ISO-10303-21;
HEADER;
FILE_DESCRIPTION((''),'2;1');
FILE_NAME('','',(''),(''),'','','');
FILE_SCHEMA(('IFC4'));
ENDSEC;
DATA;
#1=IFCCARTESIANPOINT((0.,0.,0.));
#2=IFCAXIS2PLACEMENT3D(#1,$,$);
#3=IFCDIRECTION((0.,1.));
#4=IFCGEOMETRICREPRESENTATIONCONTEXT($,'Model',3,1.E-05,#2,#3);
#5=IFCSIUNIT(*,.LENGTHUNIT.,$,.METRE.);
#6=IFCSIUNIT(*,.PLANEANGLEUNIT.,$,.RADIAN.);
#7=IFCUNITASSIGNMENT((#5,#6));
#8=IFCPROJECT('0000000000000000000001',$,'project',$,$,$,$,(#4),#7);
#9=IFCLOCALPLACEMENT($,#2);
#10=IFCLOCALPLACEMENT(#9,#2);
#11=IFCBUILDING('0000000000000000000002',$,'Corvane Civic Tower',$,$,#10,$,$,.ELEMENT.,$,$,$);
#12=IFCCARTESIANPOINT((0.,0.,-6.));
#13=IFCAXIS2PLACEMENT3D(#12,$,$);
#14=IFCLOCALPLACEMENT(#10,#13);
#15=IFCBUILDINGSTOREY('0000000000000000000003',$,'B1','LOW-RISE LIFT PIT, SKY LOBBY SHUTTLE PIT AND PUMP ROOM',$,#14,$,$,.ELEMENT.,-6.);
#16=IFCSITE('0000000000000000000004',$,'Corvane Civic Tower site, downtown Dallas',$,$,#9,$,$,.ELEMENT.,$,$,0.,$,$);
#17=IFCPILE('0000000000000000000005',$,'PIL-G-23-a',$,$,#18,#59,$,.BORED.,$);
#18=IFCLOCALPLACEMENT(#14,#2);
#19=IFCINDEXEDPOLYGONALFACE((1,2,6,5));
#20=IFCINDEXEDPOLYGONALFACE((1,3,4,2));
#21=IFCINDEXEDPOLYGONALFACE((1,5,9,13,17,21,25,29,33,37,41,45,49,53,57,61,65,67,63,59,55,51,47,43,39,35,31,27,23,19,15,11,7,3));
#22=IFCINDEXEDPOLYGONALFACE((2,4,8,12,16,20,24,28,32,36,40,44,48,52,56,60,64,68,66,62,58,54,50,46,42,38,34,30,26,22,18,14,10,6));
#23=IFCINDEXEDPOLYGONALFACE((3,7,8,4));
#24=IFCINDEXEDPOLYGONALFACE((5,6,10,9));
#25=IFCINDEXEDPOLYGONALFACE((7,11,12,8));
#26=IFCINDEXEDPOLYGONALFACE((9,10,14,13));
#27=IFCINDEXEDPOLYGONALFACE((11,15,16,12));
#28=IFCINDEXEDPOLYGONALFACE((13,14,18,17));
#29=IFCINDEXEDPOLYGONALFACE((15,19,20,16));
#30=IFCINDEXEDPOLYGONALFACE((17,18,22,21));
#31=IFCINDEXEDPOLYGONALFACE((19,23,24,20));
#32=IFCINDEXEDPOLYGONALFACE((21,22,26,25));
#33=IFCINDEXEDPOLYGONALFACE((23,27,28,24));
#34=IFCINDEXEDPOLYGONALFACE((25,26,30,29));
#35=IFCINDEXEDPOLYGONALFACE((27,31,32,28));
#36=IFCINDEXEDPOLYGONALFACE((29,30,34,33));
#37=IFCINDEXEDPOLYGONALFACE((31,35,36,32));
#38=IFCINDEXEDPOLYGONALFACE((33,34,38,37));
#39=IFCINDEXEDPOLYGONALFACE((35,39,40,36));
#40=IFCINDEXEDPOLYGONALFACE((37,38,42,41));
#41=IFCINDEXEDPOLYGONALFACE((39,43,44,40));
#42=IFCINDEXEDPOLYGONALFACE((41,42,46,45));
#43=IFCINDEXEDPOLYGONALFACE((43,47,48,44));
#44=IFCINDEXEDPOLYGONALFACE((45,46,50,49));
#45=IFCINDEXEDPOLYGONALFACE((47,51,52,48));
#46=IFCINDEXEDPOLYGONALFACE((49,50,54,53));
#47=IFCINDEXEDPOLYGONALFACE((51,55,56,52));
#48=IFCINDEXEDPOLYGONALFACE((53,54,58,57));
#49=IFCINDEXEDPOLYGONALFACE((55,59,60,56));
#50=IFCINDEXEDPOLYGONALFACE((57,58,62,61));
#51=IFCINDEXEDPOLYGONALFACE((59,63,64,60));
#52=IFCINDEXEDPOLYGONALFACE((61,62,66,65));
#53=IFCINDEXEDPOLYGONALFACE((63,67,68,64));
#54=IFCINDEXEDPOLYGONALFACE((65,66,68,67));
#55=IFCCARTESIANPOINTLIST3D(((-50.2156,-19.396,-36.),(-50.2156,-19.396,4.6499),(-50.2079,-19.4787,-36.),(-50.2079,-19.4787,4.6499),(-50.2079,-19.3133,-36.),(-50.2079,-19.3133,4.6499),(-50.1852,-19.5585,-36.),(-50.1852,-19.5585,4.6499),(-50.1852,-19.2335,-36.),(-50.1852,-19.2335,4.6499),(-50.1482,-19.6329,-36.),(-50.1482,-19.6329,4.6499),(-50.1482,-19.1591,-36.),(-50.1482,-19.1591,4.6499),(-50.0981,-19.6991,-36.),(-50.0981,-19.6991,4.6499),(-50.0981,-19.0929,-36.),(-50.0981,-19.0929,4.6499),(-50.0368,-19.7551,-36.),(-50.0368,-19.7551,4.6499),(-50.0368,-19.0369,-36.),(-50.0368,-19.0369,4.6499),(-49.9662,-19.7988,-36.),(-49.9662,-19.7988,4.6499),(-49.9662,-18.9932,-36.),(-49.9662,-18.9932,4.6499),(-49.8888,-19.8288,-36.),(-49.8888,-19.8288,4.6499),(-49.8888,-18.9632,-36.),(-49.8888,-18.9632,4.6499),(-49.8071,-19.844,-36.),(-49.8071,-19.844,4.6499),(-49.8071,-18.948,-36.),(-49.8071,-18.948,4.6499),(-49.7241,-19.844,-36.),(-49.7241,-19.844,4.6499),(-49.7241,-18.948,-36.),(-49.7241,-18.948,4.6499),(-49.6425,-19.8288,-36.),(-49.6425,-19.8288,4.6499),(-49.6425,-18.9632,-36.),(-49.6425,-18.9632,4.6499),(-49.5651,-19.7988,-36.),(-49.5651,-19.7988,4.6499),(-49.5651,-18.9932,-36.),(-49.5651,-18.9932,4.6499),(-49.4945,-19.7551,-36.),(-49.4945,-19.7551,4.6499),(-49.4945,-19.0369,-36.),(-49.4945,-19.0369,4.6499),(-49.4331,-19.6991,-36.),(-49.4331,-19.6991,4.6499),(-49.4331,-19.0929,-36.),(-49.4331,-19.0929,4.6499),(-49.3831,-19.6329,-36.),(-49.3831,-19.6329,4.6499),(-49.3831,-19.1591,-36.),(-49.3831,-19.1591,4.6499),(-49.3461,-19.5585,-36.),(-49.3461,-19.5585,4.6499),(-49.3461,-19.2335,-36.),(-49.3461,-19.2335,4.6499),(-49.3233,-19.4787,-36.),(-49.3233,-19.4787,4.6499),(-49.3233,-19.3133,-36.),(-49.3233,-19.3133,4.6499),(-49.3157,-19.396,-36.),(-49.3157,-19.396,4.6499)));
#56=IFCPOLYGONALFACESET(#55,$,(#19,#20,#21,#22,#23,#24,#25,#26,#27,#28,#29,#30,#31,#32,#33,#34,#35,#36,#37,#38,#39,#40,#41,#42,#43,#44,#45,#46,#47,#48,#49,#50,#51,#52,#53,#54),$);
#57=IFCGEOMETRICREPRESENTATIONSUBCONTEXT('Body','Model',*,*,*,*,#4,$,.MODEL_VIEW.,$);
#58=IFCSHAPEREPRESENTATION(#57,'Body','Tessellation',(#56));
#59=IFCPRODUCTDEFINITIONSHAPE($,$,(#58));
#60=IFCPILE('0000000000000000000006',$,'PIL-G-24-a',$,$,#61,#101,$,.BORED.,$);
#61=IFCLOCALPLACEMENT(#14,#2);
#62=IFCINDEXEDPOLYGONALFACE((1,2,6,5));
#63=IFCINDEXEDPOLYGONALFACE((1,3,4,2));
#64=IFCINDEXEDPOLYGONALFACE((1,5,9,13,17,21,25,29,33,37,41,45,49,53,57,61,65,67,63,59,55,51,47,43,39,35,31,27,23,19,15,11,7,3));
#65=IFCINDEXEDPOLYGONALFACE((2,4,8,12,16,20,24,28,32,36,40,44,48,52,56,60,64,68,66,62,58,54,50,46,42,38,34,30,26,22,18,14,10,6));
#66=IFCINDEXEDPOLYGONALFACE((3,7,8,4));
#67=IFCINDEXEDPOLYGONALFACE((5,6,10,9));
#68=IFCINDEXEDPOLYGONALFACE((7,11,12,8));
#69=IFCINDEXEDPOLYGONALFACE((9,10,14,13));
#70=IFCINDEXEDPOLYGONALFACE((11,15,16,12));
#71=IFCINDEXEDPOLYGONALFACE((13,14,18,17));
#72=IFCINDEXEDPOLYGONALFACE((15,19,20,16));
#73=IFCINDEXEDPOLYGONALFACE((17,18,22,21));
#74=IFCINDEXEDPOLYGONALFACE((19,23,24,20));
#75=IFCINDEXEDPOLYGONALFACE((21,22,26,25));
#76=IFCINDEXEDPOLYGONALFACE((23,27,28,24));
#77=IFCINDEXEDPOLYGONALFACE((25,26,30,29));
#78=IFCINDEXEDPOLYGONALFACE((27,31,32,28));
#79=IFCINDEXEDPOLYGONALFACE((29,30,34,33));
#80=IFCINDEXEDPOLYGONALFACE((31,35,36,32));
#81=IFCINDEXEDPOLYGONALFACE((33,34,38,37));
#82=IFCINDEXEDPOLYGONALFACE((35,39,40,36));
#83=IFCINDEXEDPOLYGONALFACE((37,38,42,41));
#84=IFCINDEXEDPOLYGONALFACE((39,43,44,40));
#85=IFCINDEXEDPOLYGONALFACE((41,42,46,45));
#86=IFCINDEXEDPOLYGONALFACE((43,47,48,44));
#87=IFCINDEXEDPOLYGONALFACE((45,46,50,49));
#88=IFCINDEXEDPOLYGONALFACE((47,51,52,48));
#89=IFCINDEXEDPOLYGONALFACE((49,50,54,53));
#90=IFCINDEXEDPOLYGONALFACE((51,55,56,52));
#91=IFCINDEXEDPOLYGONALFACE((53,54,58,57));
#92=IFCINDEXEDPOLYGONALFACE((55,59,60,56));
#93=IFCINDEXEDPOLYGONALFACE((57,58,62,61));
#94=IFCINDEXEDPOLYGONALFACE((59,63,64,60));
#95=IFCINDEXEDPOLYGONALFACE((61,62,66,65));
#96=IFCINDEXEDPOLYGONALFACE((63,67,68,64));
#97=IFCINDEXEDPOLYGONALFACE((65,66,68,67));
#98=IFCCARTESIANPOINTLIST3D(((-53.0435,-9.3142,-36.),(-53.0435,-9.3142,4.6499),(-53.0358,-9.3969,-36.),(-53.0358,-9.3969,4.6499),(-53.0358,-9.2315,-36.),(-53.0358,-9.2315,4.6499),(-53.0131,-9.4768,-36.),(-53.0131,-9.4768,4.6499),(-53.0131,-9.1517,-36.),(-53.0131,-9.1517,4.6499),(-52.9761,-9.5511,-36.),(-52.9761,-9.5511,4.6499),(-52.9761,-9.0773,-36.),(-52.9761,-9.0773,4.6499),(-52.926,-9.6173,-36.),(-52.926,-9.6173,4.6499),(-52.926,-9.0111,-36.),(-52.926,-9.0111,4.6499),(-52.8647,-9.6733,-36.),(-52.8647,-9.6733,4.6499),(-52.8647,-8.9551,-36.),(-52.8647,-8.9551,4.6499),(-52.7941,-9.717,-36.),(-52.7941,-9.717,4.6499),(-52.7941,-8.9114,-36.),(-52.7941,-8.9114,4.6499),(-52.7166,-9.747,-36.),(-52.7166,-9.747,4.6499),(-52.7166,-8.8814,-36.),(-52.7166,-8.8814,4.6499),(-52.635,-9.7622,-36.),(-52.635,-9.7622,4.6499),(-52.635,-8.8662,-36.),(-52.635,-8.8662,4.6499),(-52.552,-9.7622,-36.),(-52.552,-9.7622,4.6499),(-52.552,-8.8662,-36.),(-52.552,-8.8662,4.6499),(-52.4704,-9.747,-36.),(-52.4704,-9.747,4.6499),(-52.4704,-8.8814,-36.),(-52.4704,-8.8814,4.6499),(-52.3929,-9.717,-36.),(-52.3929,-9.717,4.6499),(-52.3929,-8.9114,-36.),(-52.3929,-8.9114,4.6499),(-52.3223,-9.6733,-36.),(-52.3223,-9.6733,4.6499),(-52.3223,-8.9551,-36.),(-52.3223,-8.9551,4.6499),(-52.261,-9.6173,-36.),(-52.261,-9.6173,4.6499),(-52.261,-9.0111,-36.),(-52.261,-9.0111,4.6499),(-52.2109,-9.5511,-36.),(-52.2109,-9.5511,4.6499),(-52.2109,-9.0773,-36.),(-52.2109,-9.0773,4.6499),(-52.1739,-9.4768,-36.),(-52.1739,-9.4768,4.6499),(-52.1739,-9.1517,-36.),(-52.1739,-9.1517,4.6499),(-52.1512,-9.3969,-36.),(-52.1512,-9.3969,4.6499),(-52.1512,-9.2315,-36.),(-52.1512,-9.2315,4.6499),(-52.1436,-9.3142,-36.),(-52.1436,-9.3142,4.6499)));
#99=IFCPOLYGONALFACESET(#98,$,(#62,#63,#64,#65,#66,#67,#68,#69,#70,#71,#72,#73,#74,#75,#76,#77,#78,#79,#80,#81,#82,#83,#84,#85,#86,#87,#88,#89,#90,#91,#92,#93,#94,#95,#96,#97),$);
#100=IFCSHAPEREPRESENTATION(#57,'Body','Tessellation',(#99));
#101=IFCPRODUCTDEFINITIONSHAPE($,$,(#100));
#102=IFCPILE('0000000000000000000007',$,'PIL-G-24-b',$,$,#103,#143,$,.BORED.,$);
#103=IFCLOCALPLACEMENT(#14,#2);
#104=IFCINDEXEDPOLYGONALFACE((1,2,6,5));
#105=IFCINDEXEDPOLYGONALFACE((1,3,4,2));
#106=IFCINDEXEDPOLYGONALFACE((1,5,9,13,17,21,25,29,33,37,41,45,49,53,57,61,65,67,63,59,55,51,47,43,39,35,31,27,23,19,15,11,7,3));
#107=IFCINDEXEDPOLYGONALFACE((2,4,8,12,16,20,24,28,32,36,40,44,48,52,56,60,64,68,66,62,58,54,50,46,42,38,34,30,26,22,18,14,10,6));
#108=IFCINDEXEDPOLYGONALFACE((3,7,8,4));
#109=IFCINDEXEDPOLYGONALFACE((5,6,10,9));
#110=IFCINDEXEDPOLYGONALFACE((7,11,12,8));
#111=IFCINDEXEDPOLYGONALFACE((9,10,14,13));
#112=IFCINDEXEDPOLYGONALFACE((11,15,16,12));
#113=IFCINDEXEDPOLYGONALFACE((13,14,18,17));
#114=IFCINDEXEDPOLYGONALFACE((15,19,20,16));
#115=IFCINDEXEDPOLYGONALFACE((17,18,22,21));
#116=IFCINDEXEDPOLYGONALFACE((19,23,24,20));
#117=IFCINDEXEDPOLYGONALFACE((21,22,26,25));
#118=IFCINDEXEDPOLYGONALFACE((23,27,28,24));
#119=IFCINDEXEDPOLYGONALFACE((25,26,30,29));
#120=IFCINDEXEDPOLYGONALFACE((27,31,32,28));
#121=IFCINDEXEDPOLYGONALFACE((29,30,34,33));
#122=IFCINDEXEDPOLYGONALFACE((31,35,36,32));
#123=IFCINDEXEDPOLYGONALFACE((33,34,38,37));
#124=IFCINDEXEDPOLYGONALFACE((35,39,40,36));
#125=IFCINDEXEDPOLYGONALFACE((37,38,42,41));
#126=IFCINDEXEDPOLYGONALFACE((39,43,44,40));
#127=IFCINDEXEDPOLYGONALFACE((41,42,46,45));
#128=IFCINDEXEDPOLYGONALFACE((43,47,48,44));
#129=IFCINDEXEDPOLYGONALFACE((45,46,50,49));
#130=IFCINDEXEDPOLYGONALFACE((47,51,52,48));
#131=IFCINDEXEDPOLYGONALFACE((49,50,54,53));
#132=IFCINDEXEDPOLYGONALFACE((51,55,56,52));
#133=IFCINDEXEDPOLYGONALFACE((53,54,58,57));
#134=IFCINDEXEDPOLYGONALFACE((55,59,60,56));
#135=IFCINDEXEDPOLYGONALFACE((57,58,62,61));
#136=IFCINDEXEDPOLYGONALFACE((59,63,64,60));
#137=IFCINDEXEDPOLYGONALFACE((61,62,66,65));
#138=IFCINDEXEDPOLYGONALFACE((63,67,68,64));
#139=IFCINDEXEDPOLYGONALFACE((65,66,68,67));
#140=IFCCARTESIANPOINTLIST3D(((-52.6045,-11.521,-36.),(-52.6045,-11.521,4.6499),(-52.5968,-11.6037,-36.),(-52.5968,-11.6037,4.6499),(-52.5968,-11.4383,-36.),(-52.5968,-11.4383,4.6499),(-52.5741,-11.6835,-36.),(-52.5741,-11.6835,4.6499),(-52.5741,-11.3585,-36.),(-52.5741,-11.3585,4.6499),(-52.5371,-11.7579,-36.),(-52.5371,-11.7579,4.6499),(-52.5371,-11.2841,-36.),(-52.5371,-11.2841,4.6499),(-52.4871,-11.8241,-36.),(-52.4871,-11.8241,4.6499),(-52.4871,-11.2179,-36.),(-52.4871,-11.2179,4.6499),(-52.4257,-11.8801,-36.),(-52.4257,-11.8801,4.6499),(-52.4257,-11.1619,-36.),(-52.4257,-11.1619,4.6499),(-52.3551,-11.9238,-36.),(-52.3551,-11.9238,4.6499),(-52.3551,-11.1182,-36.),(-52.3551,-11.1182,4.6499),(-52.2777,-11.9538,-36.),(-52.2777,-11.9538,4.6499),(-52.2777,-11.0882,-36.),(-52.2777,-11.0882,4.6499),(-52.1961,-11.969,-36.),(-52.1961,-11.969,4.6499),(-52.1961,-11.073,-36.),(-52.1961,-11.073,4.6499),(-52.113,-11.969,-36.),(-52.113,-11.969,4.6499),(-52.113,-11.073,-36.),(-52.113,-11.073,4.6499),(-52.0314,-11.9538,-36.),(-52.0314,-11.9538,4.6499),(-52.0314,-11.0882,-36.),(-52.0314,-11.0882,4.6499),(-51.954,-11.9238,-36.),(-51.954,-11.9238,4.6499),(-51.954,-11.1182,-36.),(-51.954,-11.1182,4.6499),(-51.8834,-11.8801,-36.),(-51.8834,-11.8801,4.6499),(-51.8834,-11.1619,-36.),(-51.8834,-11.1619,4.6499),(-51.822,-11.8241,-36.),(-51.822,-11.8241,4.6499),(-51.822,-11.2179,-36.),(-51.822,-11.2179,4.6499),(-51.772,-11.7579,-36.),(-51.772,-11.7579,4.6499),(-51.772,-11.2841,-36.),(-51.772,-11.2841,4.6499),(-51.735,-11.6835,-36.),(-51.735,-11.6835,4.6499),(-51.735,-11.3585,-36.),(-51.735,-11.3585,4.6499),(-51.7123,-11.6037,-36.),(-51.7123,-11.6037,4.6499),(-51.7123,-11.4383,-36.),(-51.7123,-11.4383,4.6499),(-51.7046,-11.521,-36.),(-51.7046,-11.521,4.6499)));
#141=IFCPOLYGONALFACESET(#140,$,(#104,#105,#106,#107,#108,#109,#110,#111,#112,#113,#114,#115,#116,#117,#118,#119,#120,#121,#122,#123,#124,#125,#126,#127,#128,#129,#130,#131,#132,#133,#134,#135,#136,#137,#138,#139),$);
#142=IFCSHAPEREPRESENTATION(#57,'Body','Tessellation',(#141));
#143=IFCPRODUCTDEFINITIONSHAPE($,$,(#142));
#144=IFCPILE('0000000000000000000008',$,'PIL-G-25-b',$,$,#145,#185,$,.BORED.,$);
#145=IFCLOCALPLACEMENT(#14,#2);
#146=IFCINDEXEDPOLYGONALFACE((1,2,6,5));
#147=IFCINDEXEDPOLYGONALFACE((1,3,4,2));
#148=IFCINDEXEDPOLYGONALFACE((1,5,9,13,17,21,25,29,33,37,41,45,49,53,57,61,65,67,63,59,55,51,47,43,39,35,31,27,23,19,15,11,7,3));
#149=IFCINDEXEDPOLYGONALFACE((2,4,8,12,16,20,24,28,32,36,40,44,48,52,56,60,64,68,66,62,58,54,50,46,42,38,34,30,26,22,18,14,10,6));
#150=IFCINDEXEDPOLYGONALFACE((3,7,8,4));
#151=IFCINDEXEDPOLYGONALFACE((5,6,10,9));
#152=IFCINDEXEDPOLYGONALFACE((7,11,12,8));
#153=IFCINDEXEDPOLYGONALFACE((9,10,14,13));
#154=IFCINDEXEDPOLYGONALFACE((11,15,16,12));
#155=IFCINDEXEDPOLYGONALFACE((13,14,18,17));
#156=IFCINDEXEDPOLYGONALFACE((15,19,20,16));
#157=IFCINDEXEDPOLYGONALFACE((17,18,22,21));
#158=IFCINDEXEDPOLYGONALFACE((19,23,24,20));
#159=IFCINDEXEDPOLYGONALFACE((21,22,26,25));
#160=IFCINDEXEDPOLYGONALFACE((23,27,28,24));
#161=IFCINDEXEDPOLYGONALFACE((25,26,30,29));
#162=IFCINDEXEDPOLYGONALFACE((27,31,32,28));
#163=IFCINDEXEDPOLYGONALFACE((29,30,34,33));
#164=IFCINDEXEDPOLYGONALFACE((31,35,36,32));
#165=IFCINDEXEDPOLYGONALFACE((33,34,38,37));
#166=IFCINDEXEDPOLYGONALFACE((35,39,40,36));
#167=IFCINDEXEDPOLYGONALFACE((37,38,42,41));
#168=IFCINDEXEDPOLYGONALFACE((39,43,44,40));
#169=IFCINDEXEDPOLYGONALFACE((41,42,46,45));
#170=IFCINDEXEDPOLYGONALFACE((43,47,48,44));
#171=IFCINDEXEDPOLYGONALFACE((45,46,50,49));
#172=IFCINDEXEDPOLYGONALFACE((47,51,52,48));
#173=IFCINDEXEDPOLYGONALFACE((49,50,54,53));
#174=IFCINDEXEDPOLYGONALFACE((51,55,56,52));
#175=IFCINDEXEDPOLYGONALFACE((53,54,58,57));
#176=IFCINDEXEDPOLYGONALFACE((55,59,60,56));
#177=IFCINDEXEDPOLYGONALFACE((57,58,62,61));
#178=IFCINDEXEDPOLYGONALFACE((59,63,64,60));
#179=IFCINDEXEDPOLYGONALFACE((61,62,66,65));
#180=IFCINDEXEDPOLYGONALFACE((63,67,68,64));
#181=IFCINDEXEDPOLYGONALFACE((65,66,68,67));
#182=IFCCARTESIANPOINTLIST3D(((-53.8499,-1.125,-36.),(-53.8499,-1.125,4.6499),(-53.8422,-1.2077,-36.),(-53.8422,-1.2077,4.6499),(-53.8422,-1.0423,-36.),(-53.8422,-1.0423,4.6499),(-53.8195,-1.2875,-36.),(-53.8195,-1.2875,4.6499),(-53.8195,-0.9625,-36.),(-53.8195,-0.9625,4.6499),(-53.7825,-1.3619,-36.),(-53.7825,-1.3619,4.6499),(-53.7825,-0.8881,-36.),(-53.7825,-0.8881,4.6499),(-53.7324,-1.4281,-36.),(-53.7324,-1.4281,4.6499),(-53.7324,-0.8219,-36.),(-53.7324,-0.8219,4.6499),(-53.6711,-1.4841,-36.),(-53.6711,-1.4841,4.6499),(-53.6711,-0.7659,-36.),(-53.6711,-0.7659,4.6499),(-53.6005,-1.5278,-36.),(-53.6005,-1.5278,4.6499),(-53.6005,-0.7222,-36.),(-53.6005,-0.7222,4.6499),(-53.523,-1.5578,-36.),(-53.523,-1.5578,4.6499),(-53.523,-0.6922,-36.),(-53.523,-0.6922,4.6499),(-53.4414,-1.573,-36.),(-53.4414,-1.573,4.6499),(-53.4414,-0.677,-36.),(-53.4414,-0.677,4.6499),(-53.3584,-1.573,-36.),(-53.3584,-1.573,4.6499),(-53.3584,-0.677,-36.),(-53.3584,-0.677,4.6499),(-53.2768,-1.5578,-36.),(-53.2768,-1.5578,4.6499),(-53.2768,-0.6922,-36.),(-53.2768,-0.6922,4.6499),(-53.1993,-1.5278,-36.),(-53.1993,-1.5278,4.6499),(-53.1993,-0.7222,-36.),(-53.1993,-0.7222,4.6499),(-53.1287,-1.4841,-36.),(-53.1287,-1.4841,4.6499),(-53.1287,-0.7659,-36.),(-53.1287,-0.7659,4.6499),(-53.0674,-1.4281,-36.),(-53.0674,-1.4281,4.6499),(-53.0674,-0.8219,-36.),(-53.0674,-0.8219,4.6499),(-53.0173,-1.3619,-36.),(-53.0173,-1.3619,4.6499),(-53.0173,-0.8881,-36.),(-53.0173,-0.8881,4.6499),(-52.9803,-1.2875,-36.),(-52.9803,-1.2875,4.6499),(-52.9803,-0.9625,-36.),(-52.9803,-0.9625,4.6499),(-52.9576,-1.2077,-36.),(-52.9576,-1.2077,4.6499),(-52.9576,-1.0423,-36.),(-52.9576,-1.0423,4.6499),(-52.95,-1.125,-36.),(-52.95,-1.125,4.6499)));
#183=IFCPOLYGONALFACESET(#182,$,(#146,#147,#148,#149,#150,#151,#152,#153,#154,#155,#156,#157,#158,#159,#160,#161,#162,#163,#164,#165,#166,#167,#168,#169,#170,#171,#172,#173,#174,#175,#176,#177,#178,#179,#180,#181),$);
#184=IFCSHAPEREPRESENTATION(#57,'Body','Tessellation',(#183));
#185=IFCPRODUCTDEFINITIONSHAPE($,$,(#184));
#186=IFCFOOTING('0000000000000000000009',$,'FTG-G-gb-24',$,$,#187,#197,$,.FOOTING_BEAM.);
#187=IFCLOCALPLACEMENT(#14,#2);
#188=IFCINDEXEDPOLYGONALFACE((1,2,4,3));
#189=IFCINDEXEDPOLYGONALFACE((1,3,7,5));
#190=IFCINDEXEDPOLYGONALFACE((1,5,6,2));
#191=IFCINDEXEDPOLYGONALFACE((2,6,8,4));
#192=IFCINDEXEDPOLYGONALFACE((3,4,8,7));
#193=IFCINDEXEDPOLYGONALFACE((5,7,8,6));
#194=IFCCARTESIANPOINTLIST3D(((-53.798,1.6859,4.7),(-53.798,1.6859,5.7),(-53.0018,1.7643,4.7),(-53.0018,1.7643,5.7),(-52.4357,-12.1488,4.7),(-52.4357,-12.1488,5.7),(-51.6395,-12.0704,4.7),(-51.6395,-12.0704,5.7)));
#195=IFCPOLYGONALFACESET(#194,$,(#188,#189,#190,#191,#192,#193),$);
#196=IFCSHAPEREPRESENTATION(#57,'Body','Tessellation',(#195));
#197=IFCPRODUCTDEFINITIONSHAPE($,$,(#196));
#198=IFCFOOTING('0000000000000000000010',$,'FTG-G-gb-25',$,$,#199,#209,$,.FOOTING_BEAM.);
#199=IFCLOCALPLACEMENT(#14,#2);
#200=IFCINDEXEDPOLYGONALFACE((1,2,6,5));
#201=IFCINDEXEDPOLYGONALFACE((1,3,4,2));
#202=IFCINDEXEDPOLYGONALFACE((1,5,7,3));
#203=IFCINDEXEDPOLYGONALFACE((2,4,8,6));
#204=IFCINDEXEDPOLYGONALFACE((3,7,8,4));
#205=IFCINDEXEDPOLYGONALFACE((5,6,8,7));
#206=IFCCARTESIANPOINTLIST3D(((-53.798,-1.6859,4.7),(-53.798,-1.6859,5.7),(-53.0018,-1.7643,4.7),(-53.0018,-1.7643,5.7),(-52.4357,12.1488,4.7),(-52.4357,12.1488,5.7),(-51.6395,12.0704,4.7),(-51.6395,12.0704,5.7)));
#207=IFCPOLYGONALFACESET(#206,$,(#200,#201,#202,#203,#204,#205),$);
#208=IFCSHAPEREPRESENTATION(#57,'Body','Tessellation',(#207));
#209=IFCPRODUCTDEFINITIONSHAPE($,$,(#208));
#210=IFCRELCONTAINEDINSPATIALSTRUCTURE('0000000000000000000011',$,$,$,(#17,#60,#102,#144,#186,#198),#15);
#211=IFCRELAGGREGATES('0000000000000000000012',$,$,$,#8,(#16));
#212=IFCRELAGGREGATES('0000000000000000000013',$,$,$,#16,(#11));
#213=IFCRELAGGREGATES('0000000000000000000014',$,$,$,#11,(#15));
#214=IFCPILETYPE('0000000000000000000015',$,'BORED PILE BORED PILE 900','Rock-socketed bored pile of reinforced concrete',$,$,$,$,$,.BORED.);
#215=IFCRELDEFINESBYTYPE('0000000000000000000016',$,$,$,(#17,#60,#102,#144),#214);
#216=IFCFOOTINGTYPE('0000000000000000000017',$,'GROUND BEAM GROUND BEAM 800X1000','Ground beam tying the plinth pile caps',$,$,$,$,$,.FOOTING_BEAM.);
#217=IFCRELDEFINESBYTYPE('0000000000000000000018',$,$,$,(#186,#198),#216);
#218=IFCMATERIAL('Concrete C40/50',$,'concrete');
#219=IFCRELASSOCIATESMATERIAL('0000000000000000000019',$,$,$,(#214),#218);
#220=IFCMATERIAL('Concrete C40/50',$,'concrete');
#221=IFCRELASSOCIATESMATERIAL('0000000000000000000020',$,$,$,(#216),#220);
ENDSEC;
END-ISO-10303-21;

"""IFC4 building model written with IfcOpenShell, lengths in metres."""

from ifc_helpers import new_model, si_unit, direction, frame, origin, origin_2d, place, context, subcontext, project, spatial, rectangle, circle, extrude, material, material_profile, profile_set, type_object, element, save


model = new_model("IFC4")

# Units and contexts
model_context = context("Model", 3, precision=1e-05, world=origin(), true_north=direction((0.0, 1.0)))
body_context = subcontext(model_context, "Body", "Model", "MODEL_VIEW")
ifc_project = project(units=[si_unit("LENGTHUNIT", "METRE"), si_unit("PLANEANGLEUNIT", "RADIAN")], contexts=[model_context])

# Site, building, storey
site_placement = place(None, origin())
site = spatial("IfcSite", under=ifc_project, at=site_placement, Name="Corvane Civic Tower site, downtown Dallas", CompositionType="ELEMENT", RefElevation=0.0)
building_placement = place(site_placement, origin())
building = spatial("IfcBuilding", under=site, at=building_placement, Name="Corvane Civic Tower", CompositionType="ELEMENT")
storey_placement = place(building_placement, frame((0.0, 0.0, -6.0)))
storey = spatial("IfcBuildingStorey", under=building, at=storey_placement, Name="B1", Description="LOW-RISE LIFT PIT, SKY LOBBY SHUTTLE PIT AND PUMP ROOM", CompositionType="ELEMENT", Elevation=-6.0)

# Piles
ifc_material_1 = material(Name="Concrete C40/50", Category="concrete")
ifc_material_profile_1 = material_profile(ifc_material_1, circle(Radius=0.45, at=origin_2d()), Name="BORED PILE 900")
ifc_profile_set_1 = profile_set([ifc_material_profile_1], Name="Concrete C40/50")
pile_type_1 = type_object("IfcPileType", Name="BORED PILE BORED PILE 900", Description="Rock-socketed bored pile of reinforced concrete", PredefinedType="BORED", material=ifc_profile_set_1)
for number, where, z_axis, x_axis, name in (
    (1, (-49.7656, -19.396, 4.6499), (0.0, 0.0, -1.0), (1.0, 0.0, 0.0), "PIL-G-23-a"),
    (2, (-52.5935, -9.3142, 4.6499), (0.0, 0.0, -1.0), (1.0, 0.0, 0.0), "PIL-G-24-a"),
    (3, (-52.1545, -11.521, 4.6499), (0.0, 0.0, -1.0), (1.0, 0.0, 0.0), "PIL-G-24-b"),
    (4, (-53.3999, -1.125, 4.6499), (0.0, 0.0, -1.0), (1.0, 0.0, 0.0), "PIL-G-25-b"),
):
    element("IfcPile", number, at=place(storey_placement, frame(where, z_axis=z_axis, x_axis=x_axis)), inside=storey, type_object=pile_type_1, Name=name, PredefinedType="BORED", context=body_context, shape_type="SweptSolid", body=[
        extrude(circle(Radius=0.45, at=origin_2d()), origin(), (0.0, 0.0, 1.0), 40.6499),
    ])

# Footings
ifc_material_2 = material(Name="Concrete C40/50", Category="concrete")
ifc_material_profile_2 = material_profile(ifc_material_2, rectangle(XDim=0.8, YDim=1.0, at=origin_2d()), Name="GROUND BEAM 800X1000")
ifc_profile_set_2 = profile_set([ifc_material_profile_2], Name="Concrete C40/50")
footing_type_1 = type_object("IfcFootingType", Name="GROUND BEAM GROUND BEAM 800X1000", Description="Ground beam tying the plinth pile caps", PredefinedType="FOOTING_BEAM", material=ifc_profile_set_2)
for number, where, z_axis, x_axis, name in (
    (5, (-52.0376, -12.1096, 5.2), (-0.097996, 0.995187, 0.0), (-0.995187, -0.097996, 0.0), "FTG-G-gb-24"),
    (6, (-53.3999, -1.7251, 5.2), (0.097996, 0.995187, 0.0), (-0.995187, 0.097996, 0.0), "FTG-G-gb-25"),
):
    element("IfcFooting", number, at=place(storey_placement, frame(where, z_axis=z_axis, x_axis=x_axis)), inside=storey, type_object=footing_type_1, Name=name, PredefinedType="FOOTING_BEAM", context=body_context, shape_type="SweptSolid", body=[
        extrude(rectangle(XDim=0.8, YDim=1.0, at=origin_2d()), origin(), (0.0, 0.0, 1.0), 13.9016),
    ])

save(model, "model.ifc")
